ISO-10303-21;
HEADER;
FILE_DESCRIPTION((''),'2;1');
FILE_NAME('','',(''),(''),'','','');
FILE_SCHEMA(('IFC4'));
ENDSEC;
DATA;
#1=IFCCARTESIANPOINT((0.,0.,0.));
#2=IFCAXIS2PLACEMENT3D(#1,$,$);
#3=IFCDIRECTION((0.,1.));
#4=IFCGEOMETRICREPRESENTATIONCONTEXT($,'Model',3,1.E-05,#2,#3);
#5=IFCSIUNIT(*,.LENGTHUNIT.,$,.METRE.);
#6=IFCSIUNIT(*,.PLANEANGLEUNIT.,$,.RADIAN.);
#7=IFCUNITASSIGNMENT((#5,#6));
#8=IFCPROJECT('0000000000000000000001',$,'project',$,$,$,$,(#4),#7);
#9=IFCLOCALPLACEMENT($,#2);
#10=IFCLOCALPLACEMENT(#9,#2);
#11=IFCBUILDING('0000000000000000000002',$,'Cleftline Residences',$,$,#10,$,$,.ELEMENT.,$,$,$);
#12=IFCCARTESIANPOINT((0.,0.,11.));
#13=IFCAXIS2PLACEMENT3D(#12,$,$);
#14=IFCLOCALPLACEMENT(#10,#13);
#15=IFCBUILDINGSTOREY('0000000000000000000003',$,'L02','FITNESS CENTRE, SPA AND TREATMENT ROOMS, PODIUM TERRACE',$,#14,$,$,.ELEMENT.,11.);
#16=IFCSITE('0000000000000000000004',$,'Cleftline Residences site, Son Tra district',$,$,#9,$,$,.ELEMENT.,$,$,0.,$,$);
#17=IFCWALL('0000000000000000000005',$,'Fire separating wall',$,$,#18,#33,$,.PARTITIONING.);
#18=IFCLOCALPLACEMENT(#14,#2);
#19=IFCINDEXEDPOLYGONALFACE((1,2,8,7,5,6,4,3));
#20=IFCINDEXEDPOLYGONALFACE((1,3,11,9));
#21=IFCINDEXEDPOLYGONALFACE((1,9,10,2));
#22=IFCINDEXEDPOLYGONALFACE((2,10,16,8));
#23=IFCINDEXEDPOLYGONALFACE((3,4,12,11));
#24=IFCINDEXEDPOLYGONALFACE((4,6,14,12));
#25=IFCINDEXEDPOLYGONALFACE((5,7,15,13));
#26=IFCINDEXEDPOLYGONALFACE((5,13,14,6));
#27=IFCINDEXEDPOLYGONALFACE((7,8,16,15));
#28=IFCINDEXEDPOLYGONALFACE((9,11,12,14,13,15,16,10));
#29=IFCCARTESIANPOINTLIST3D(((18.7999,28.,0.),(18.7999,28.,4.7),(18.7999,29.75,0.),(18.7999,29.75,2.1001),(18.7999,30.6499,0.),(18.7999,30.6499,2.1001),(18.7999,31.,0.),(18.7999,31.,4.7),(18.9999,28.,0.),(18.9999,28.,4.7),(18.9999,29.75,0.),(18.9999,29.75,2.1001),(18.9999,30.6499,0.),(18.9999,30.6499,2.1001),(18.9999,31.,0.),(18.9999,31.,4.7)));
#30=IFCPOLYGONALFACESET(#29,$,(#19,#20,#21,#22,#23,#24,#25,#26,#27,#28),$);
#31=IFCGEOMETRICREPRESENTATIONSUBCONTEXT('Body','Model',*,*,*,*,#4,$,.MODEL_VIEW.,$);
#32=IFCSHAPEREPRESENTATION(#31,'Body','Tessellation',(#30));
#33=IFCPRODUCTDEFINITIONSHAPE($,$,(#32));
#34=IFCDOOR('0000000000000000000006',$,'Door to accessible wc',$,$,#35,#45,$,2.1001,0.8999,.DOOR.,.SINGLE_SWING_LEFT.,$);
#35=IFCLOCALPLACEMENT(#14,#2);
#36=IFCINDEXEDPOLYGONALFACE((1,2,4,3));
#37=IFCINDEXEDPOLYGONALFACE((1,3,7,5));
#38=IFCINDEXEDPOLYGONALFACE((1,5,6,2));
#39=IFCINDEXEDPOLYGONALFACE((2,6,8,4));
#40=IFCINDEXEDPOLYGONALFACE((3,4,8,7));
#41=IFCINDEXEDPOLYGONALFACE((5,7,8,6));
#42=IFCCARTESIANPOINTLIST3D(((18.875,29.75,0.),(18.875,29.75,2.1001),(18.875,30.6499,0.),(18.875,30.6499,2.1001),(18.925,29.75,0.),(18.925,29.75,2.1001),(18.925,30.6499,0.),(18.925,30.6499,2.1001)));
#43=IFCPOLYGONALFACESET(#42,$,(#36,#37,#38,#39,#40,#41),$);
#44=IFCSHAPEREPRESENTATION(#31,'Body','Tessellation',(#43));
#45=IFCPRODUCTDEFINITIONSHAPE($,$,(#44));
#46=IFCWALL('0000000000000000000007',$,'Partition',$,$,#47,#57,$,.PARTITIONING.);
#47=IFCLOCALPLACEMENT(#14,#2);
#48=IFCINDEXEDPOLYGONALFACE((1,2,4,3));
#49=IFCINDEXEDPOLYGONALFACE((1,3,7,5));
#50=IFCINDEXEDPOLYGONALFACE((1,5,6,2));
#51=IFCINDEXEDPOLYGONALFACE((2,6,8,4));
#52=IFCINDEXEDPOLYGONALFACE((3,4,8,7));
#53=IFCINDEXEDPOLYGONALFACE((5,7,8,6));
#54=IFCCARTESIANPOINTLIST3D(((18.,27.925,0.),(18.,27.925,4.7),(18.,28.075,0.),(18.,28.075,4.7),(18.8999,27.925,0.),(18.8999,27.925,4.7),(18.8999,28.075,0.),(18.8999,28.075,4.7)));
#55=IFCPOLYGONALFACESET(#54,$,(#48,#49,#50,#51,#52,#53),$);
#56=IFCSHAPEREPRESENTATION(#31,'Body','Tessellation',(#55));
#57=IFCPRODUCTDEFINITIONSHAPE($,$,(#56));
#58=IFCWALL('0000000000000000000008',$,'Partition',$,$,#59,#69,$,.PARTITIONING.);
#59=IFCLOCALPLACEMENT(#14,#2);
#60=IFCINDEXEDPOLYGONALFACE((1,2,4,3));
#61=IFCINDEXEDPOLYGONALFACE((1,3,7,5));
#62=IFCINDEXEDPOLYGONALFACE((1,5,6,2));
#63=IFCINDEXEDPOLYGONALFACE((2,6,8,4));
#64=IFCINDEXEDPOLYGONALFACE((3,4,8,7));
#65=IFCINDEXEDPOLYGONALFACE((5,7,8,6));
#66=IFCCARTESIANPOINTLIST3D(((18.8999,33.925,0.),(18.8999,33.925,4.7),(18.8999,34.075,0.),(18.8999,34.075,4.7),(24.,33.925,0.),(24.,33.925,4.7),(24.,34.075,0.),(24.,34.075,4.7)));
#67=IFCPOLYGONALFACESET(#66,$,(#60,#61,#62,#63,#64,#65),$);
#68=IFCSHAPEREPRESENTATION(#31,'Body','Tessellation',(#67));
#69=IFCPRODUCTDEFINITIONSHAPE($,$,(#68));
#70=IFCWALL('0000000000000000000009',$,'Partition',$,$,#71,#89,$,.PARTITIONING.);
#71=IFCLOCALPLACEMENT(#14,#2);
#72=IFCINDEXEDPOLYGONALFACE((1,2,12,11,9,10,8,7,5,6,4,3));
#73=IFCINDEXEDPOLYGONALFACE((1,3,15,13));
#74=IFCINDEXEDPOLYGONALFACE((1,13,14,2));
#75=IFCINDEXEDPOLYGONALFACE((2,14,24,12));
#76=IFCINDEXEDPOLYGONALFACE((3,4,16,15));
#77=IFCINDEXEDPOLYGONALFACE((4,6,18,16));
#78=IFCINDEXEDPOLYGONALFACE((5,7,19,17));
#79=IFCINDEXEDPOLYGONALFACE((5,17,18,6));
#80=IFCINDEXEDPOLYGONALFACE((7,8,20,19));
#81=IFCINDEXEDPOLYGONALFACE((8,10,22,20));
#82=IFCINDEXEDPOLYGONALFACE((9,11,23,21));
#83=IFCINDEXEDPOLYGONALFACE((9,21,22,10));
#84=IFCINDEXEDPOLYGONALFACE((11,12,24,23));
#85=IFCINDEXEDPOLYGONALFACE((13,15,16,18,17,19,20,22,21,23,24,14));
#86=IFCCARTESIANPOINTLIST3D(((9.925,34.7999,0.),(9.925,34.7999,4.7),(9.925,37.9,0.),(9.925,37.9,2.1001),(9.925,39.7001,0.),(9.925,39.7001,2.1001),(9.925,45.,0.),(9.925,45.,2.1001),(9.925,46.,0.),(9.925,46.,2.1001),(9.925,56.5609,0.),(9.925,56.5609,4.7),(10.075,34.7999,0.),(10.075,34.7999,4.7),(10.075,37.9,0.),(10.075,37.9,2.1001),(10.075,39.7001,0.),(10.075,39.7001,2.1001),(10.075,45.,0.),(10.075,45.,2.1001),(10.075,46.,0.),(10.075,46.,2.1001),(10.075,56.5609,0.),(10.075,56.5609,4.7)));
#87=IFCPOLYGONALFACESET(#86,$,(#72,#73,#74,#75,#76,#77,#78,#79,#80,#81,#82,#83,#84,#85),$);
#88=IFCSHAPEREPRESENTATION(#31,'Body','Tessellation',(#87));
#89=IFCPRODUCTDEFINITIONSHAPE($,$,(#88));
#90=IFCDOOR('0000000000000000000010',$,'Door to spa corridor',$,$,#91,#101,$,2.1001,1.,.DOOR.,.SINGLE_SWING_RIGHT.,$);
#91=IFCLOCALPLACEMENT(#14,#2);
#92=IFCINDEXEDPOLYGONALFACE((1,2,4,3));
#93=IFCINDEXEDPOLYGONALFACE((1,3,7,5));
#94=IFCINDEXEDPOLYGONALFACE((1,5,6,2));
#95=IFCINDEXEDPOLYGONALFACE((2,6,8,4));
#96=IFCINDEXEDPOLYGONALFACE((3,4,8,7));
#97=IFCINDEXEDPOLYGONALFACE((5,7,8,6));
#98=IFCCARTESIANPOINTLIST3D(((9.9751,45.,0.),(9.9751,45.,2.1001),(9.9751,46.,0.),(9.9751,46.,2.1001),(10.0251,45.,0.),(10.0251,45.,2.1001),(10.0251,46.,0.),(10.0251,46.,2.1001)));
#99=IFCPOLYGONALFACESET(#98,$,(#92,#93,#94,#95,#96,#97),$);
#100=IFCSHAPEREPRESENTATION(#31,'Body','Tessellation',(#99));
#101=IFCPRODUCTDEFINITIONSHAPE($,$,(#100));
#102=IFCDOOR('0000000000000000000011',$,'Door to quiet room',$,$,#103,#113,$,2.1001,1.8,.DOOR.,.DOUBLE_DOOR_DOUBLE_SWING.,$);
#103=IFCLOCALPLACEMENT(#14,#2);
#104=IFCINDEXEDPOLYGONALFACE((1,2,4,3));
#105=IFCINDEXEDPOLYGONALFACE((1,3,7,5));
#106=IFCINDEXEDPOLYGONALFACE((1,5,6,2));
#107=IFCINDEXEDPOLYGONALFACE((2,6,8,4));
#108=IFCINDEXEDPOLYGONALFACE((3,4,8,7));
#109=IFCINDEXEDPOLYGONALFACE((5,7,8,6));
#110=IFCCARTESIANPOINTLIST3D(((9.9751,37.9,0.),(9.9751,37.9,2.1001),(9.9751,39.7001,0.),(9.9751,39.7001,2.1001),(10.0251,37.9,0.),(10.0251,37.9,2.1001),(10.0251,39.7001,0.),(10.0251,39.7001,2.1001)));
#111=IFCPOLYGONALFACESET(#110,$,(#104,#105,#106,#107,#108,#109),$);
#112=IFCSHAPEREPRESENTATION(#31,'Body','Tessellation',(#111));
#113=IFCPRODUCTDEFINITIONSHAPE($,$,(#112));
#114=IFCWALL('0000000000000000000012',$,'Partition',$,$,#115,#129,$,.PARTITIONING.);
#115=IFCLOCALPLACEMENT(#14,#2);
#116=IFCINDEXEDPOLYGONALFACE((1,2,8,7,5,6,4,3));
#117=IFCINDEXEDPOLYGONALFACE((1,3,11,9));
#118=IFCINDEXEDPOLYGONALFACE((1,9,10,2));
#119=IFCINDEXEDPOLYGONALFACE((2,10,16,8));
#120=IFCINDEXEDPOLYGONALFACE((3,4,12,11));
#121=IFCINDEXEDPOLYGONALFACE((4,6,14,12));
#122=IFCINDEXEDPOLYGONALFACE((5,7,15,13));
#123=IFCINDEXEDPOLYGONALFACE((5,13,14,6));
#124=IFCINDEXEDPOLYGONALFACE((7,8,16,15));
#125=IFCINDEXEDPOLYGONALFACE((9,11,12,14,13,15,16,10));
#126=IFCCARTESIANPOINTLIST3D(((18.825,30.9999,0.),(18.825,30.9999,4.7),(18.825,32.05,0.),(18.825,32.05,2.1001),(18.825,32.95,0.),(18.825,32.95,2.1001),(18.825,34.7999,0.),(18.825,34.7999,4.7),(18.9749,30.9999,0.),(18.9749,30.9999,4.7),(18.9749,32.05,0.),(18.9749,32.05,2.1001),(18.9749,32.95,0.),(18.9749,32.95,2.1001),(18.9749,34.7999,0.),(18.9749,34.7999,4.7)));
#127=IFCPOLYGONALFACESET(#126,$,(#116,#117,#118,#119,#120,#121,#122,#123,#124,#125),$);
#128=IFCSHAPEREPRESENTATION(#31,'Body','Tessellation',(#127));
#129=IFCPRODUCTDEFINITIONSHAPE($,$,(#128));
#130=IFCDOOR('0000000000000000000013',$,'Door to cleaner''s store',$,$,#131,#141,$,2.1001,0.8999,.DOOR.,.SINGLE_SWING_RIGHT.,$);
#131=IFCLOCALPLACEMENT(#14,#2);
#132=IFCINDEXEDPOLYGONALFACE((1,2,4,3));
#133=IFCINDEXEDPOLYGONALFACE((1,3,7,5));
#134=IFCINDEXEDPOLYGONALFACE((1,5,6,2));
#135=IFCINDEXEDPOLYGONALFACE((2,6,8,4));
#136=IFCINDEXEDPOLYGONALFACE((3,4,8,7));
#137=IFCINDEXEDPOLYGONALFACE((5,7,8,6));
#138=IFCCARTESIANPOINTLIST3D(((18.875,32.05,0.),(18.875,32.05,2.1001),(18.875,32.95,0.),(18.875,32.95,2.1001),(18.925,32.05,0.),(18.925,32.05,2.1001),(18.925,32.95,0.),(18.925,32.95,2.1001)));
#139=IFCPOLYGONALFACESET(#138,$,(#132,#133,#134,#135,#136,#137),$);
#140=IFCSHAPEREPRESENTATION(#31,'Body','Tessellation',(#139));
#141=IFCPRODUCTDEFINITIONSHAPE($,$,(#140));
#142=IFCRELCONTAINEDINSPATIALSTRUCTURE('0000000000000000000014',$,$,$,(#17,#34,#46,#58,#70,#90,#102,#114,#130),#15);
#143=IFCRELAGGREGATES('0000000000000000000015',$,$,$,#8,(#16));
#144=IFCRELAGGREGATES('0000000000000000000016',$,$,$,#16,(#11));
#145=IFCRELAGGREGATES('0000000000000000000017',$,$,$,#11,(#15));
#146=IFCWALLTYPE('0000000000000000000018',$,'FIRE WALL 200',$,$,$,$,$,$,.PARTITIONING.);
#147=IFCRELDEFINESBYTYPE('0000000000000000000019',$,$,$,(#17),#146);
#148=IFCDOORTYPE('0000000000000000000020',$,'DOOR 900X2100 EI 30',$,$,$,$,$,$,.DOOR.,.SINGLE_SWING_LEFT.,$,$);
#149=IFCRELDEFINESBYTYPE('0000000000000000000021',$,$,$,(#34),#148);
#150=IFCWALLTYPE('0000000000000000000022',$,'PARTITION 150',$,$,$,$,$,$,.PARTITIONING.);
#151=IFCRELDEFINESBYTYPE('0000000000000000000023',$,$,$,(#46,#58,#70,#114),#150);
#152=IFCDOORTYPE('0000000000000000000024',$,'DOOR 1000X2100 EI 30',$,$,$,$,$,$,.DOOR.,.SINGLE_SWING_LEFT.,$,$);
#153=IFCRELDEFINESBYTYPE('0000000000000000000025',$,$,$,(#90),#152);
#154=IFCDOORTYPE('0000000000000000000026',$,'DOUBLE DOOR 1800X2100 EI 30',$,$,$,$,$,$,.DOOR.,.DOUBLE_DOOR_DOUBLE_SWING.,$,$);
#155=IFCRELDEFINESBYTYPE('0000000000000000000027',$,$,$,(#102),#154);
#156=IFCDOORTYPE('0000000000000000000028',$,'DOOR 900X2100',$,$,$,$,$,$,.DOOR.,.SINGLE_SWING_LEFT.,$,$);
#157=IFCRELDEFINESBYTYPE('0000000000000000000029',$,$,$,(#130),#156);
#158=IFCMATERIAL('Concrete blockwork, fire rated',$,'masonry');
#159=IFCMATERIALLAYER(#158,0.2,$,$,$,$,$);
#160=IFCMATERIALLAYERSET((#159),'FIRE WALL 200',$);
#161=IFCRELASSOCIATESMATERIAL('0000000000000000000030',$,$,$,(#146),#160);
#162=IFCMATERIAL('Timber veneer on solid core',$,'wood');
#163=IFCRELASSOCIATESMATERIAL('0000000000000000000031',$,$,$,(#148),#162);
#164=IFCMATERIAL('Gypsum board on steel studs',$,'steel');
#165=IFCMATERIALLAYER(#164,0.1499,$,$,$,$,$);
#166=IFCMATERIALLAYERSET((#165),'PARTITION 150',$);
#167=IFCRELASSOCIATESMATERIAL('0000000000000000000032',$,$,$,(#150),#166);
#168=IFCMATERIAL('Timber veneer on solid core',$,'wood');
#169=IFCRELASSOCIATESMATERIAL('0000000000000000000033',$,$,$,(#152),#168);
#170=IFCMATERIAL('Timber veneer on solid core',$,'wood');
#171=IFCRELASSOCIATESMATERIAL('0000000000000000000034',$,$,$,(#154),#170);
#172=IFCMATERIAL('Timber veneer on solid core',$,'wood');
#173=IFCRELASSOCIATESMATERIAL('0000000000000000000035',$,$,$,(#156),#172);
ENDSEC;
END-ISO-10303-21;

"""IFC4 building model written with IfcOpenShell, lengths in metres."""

from ifc_helpers import new_model, si_unit, direction, frame, frame_2d, origin, place, context, subcontext, project, spatial, rectangle, extrude, material, layer, layer_set, type_object, element, fill, save


model = new_model("IFC4")

# Units and contexts
model_context = context("Model", 3, precision=1e-05, world=origin(), true_north=direction((0.0, 1.0)))
body_context = subcontext(model_context, "Body", "Model", "MODEL_VIEW")
ifc_project = project(units=[si_unit("LENGTHUNIT", "METRE"), si_unit("PLANEANGLEUNIT", "RADIAN")], contexts=[model_context])

# Site, building, storey
site_placement = place(None, origin())
site = spatial("IfcSite", under=ifc_project, at=site_placement, Name="Cleftline Residences site, Son Tra district", CompositionType="ELEMENT", RefElevation=0.0)
building_placement = place(site_placement, origin())
building = spatial("IfcBuilding", under=site, at=building_placement, Name="Cleftline Residences", CompositionType="ELEMENT")
storey_placement = place(building_placement, frame((0.0, 0.0, 11.0)))
storey = spatial("IfcBuildingStorey", under=building, at=storey_placement, Name="L02", Description="FITNESS CENTRE, SPA AND TREATMENT ROOMS, PODIUM TERRACE", CompositionType="ELEMENT", Elevation=11.0)

# Shared definitions
ifc_material_1 = material(Name="Concrete blockwork, fire rated", Category="masonry")
ifc_layer_1 = layer(ifc_material_1, 0.2)
ifc_layer_set_1 = layer_set([ifc_layer_1], Name="FIRE WALL 200")
wall_type_1 = type_object("IfcWallType", Name="FIRE WALL 200", PredefinedType="PARTITIONING", material=ifc_layer_set_1)

# Wall, opening, door
wall_1_placement = place(storey_placement, frame((18.8999, 28.0, 0.0), z_axis=(0.0, 0.0, 1.0), x_axis=(0.0, 1.0, 0.0)))
wall_1 = element("IfcWall", 1, at=wall_1_placement, inside=storey, type_object=wall_type_1, Name="Fire separating wall", PredefinedType="PARTITIONING", context=body_context, shape_type="SweptSolid", body=[
    extrude(rectangle(XDim=3.0, YDim=0.2, at=frame_2d((1.5, 0.0))), origin(), (0.0, 0.0, 1.0), 4.7),
])
opening_1_placement = place(wall_1_placement, frame((1.75, 0.0, 0.0)))
opening_1 = element("IfcOpeningElement", 2, at=opening_1_placement, cuts=wall_1, PredefinedType="OPENING", context=body_context, shape_type="SweptSolid", body=[
    extrude(rectangle(XDim=0.8999, YDim=2.1001, at=frame_2d((0.45, 1.05))), frame((0.0, 0.1099, 0.0), z_axis=(0.0, -1.0, 0.0), x_axis=(1.0, 0.0, 0.0)), (0.0, 0.0, 1.0), 0.22),
])
ifc_material_2 = material(Name="Timber veneer on solid core", Category="wood")
door_type_1 = type_object("IfcDoorType", Name="DOOR 900X2100 EI 30", OperationType="SINGLE_SWING_LEFT", PredefinedType="DOOR", material=ifc_material_2)
door_1_placement = place(opening_1_placement, origin())
door_1 = element("IfcDoor", 3, at=door_1_placement, inside=storey, type_object=door_type_1, Name="Door to accessible wc", OperationType="SINGLE_SWING_LEFT", OverallHeight=2.1001, OverallWidth=0.8999, PredefinedType="DOOR", context=body_context, shape_type="SweptSolid", body=[
    extrude(rectangle(XDim=0.8999, YDim=2.1001, at=frame_2d((0.45, 1.05))), frame((0.0, 0.0249, 0.0), z_axis=(0.0, -1.0, 0.0), x_axis=(1.0, 0.0, 0.0)), (0.0, 0.0, 1.0), 0.05),
])
fill(opening_1, door_1)

# Walls
ifc_material_3 = material(Name="Gypsum board on steel studs", Category="steel")
ifc_layer_2 = layer(ifc_material_3, 0.1499)
ifc_layer_set_2 = layer_set([ifc_layer_2], Name="PARTITION 150")
wall_type_2 = type_object("IfcWallType", Name="PARTITION 150", PredefinedType="PARTITIONING", material=ifc_layer_set_2)
wall_2_placement = place(storey_placement, frame((18.0, 28.0, 0.0), z_axis=(0.0, 0.0, 1.0), x_axis=(1.0, 0.0, 0.0)))
element("IfcWall", 4, at=wall_2_placement, inside=storey, type_object=wall_type_2, Name="Partition", PredefinedType="PARTITIONING", context=body_context, shape_type="SweptSolid", body=[
    extrude(rectangle(XDim=0.8999, YDim=0.1499, at=frame_2d((0.45, 0.0))), origin(), (0.0, 0.0, 1.0), 4.7),
])
wall_3_placement = place(storey_placement, frame((18.8999, 34.0, 0.0), z_axis=(0.0, 0.0, 1.0), x_axis=(1.0, 0.0, 0.0)))
element("IfcWall", 5, at=wall_3_placement, inside=storey, type_object=wall_type_2, Name="Partition", PredefinedType="PARTITIONING", context=body_context, shape_type="SweptSolid", body=[
    extrude(rectangle(XDim=5.1001, YDim=0.1499, at=frame_2d((2.55, 0.0))), origin(), (0.0, 0.0, 1.0), 4.7),
])

# Wall, openings, doors
wall_4_placement = place(storey_placement, frame((10.0, 34.8, 0.0), z_axis=(0.0, 0.0, 1.0), x_axis=(0.0, 1.0, 0.0)))
wall_4 = element("IfcWall", 6, at=wall_4_placement, inside=storey, type_object=wall_type_2, Name="Partition", PredefinedType="PARTITIONING", context=body_context, shape_type="SweptSolid", body=[
    extrude(rectangle(XDim=21.761, YDim=0.1499, at=frame_2d((10.8804, 0.0))), origin(), (0.0, 0.0, 1.0), 4.7),
])
opening_2_placement = place(wall_4_placement, frame((10.2, 0.0, 0.0)))
opening_2 = element("IfcOpeningElement", 7, at=opening_2_placement, cuts=wall_4, PredefinedType="OPENING", context=body_context, shape_type="SweptSolid", body=[
    extrude(rectangle(XDim=1.0, YDim=2.1001, at=frame_2d((0.5, 1.05))), frame((0.0, 0.085, 0.0), z_axis=(0.0, -1.0, 0.0), x_axis=(1.0, 0.0, 0.0)), (0.0, 0.0, 1.0), 0.1699),
])
opening_3_placement = place(wall_4_placement, frame((3.1001, 0.0, 0.0)))
opening_3 = element("IfcOpeningElement", 8, at=opening_3_placement, cuts=wall_4, PredefinedType="OPENING", context=body_context, shape_type="SweptSolid", body=[
    extrude(rectangle(XDim=1.8, YDim=2.1001, at=frame_2d((0.8999, 1.05))), frame((0.0, 0.085, 0.0), z_axis=(0.0, -1.0, 0.0), x_axis=(1.0, 0.0, 0.0)), (0.0, 0.0, 1.0), 0.1699),
])
ifc_material_4 = material(Name="Timber veneer on solid core", Category="wood")
door_type_2 = type_object("IfcDoorType", Name="DOOR 1000X2100 EI 30", OperationType="SINGLE_SWING_LEFT", PredefinedType="DOOR", material=ifc_material_4)
door_2_placement = place(opening_2_placement, origin())
door_2 = element("IfcDoor", 9, at=door_2_placement, inside=storey, type_object=door_type_2, Name="Door to spa corridor", OperationType="SINGLE_SWING_RIGHT", OverallHeight=2.1001, OverallWidth=1.0, PredefinedType="DOOR", context=body_context, shape_type="SweptSolid", body=[
    extrude(rectangle(XDim=1.0, YDim=2.1001, at=frame_2d((0.5, 1.05))), frame((0.0, 0.0249, 0.0), z_axis=(0.0, -1.0, 0.0), x_axis=(1.0, 0.0, 0.0)), (0.0, 0.0, 1.0), 0.05),
])
fill(opening_2, door_2)
ifc_material_5 = material(Name="Timber veneer on solid core", Category="wood")
door_type_3 = type_object("IfcDoorType", Name="DOUBLE DOOR 1800X2100 EI 30", OperationType="DOUBLE_DOOR_DOUBLE_SWING", PredefinedType="DOOR", material=ifc_material_5)
door_3_placement = place(opening_3_placement, origin())
door_3 = element("IfcDoor", 10, at=door_3_placement, inside=storey, type_object=door_type_3, Name="Door to quiet room", OperationType="DOUBLE_DOOR_DOUBLE_SWING", OverallHeight=2.1001, OverallWidth=1.8, PredefinedType="DOOR", context=body_context, shape_type="SweptSolid", body=[
    extrude(rectangle(XDim=1.8, YDim=2.1001, at=frame_2d((0.8999, 1.05))), frame((0.0, 0.0249, 0.0), z_axis=(0.0, -1.0, 0.0), x_axis=(1.0, 0.0, 0.0)), (0.0, 0.0, 1.0), 0.05),
])
fill(opening_3, door_3)

# Wall, opening, door
wall_5_placement = place(storey_placement, frame((18.8999, 31.0, 0.0), z_axis=(0.0, 0.0, 1.0), x_axis=(0.0, 1.0, 0.0)))
wall_5 = element("IfcWall", 11, at=wall_5_placement, inside=storey, type_object=wall_type_2, Name="Partition", PredefinedType="PARTITIONING", context=body_context, shape_type="SweptSolid", body=[
    extrude(rectangle(XDim=3.8, YDim=0.1499, at=frame_2d((1.8999, 0.0))), origin(), (0.0, 0.0, 1.0), 4.7),
])
opening_4_placement = place(wall_5_placement, frame((1.05, 0.0, 0.0)))
opening_4 = element("IfcOpeningElement", 12, at=opening_4_placement, cuts=wall_5, PredefinedType="OPENING", context=body_context, shape_type="SweptSolid", body=[
    extrude(rectangle(XDim=0.8999, YDim=2.1001, at=frame_2d((0.45, 1.05))), frame((0.0, 0.085, 0.0), z_axis=(0.0, -1.0, 0.0), x_axis=(1.0, 0.0, 0.0)), (0.0, 0.0, 1.0), 0.1699),
])
ifc_material_6 = material(Name="Timber veneer on solid core", Category="wood")
door_type_4 = type_object("IfcDoorType", Name="DOOR 900X2100", OperationType="SINGLE_SWING_LEFT", PredefinedType="DOOR", material=ifc_material_6)
door_4_placement = place(opening_4_placement, origin())
door_4 = element("IfcDoor", 13, at=door_4_placement, inside=storey, type_object=door_type_4, Name="Door to cleaner's store", OperationType="SINGLE_SWING_RIGHT", OverallHeight=2.1001, OverallWidth=0.8999, PredefinedType="DOOR", context=body_context, shape_type="SweptSolid", body=[
    extrude(rectangle(XDim=0.8999, YDim=2.1001, at=frame_2d((0.45, 1.05))), frame((0.0, 0.0249, 0.0), z_axis=(0.0, -1.0, 0.0), x_axis=(1.0, 0.0, 0.0)), (0.0, 0.0, 1.0), 0.05),
])
fill(opening_4, door_4)

save(model, "model.ifc")
